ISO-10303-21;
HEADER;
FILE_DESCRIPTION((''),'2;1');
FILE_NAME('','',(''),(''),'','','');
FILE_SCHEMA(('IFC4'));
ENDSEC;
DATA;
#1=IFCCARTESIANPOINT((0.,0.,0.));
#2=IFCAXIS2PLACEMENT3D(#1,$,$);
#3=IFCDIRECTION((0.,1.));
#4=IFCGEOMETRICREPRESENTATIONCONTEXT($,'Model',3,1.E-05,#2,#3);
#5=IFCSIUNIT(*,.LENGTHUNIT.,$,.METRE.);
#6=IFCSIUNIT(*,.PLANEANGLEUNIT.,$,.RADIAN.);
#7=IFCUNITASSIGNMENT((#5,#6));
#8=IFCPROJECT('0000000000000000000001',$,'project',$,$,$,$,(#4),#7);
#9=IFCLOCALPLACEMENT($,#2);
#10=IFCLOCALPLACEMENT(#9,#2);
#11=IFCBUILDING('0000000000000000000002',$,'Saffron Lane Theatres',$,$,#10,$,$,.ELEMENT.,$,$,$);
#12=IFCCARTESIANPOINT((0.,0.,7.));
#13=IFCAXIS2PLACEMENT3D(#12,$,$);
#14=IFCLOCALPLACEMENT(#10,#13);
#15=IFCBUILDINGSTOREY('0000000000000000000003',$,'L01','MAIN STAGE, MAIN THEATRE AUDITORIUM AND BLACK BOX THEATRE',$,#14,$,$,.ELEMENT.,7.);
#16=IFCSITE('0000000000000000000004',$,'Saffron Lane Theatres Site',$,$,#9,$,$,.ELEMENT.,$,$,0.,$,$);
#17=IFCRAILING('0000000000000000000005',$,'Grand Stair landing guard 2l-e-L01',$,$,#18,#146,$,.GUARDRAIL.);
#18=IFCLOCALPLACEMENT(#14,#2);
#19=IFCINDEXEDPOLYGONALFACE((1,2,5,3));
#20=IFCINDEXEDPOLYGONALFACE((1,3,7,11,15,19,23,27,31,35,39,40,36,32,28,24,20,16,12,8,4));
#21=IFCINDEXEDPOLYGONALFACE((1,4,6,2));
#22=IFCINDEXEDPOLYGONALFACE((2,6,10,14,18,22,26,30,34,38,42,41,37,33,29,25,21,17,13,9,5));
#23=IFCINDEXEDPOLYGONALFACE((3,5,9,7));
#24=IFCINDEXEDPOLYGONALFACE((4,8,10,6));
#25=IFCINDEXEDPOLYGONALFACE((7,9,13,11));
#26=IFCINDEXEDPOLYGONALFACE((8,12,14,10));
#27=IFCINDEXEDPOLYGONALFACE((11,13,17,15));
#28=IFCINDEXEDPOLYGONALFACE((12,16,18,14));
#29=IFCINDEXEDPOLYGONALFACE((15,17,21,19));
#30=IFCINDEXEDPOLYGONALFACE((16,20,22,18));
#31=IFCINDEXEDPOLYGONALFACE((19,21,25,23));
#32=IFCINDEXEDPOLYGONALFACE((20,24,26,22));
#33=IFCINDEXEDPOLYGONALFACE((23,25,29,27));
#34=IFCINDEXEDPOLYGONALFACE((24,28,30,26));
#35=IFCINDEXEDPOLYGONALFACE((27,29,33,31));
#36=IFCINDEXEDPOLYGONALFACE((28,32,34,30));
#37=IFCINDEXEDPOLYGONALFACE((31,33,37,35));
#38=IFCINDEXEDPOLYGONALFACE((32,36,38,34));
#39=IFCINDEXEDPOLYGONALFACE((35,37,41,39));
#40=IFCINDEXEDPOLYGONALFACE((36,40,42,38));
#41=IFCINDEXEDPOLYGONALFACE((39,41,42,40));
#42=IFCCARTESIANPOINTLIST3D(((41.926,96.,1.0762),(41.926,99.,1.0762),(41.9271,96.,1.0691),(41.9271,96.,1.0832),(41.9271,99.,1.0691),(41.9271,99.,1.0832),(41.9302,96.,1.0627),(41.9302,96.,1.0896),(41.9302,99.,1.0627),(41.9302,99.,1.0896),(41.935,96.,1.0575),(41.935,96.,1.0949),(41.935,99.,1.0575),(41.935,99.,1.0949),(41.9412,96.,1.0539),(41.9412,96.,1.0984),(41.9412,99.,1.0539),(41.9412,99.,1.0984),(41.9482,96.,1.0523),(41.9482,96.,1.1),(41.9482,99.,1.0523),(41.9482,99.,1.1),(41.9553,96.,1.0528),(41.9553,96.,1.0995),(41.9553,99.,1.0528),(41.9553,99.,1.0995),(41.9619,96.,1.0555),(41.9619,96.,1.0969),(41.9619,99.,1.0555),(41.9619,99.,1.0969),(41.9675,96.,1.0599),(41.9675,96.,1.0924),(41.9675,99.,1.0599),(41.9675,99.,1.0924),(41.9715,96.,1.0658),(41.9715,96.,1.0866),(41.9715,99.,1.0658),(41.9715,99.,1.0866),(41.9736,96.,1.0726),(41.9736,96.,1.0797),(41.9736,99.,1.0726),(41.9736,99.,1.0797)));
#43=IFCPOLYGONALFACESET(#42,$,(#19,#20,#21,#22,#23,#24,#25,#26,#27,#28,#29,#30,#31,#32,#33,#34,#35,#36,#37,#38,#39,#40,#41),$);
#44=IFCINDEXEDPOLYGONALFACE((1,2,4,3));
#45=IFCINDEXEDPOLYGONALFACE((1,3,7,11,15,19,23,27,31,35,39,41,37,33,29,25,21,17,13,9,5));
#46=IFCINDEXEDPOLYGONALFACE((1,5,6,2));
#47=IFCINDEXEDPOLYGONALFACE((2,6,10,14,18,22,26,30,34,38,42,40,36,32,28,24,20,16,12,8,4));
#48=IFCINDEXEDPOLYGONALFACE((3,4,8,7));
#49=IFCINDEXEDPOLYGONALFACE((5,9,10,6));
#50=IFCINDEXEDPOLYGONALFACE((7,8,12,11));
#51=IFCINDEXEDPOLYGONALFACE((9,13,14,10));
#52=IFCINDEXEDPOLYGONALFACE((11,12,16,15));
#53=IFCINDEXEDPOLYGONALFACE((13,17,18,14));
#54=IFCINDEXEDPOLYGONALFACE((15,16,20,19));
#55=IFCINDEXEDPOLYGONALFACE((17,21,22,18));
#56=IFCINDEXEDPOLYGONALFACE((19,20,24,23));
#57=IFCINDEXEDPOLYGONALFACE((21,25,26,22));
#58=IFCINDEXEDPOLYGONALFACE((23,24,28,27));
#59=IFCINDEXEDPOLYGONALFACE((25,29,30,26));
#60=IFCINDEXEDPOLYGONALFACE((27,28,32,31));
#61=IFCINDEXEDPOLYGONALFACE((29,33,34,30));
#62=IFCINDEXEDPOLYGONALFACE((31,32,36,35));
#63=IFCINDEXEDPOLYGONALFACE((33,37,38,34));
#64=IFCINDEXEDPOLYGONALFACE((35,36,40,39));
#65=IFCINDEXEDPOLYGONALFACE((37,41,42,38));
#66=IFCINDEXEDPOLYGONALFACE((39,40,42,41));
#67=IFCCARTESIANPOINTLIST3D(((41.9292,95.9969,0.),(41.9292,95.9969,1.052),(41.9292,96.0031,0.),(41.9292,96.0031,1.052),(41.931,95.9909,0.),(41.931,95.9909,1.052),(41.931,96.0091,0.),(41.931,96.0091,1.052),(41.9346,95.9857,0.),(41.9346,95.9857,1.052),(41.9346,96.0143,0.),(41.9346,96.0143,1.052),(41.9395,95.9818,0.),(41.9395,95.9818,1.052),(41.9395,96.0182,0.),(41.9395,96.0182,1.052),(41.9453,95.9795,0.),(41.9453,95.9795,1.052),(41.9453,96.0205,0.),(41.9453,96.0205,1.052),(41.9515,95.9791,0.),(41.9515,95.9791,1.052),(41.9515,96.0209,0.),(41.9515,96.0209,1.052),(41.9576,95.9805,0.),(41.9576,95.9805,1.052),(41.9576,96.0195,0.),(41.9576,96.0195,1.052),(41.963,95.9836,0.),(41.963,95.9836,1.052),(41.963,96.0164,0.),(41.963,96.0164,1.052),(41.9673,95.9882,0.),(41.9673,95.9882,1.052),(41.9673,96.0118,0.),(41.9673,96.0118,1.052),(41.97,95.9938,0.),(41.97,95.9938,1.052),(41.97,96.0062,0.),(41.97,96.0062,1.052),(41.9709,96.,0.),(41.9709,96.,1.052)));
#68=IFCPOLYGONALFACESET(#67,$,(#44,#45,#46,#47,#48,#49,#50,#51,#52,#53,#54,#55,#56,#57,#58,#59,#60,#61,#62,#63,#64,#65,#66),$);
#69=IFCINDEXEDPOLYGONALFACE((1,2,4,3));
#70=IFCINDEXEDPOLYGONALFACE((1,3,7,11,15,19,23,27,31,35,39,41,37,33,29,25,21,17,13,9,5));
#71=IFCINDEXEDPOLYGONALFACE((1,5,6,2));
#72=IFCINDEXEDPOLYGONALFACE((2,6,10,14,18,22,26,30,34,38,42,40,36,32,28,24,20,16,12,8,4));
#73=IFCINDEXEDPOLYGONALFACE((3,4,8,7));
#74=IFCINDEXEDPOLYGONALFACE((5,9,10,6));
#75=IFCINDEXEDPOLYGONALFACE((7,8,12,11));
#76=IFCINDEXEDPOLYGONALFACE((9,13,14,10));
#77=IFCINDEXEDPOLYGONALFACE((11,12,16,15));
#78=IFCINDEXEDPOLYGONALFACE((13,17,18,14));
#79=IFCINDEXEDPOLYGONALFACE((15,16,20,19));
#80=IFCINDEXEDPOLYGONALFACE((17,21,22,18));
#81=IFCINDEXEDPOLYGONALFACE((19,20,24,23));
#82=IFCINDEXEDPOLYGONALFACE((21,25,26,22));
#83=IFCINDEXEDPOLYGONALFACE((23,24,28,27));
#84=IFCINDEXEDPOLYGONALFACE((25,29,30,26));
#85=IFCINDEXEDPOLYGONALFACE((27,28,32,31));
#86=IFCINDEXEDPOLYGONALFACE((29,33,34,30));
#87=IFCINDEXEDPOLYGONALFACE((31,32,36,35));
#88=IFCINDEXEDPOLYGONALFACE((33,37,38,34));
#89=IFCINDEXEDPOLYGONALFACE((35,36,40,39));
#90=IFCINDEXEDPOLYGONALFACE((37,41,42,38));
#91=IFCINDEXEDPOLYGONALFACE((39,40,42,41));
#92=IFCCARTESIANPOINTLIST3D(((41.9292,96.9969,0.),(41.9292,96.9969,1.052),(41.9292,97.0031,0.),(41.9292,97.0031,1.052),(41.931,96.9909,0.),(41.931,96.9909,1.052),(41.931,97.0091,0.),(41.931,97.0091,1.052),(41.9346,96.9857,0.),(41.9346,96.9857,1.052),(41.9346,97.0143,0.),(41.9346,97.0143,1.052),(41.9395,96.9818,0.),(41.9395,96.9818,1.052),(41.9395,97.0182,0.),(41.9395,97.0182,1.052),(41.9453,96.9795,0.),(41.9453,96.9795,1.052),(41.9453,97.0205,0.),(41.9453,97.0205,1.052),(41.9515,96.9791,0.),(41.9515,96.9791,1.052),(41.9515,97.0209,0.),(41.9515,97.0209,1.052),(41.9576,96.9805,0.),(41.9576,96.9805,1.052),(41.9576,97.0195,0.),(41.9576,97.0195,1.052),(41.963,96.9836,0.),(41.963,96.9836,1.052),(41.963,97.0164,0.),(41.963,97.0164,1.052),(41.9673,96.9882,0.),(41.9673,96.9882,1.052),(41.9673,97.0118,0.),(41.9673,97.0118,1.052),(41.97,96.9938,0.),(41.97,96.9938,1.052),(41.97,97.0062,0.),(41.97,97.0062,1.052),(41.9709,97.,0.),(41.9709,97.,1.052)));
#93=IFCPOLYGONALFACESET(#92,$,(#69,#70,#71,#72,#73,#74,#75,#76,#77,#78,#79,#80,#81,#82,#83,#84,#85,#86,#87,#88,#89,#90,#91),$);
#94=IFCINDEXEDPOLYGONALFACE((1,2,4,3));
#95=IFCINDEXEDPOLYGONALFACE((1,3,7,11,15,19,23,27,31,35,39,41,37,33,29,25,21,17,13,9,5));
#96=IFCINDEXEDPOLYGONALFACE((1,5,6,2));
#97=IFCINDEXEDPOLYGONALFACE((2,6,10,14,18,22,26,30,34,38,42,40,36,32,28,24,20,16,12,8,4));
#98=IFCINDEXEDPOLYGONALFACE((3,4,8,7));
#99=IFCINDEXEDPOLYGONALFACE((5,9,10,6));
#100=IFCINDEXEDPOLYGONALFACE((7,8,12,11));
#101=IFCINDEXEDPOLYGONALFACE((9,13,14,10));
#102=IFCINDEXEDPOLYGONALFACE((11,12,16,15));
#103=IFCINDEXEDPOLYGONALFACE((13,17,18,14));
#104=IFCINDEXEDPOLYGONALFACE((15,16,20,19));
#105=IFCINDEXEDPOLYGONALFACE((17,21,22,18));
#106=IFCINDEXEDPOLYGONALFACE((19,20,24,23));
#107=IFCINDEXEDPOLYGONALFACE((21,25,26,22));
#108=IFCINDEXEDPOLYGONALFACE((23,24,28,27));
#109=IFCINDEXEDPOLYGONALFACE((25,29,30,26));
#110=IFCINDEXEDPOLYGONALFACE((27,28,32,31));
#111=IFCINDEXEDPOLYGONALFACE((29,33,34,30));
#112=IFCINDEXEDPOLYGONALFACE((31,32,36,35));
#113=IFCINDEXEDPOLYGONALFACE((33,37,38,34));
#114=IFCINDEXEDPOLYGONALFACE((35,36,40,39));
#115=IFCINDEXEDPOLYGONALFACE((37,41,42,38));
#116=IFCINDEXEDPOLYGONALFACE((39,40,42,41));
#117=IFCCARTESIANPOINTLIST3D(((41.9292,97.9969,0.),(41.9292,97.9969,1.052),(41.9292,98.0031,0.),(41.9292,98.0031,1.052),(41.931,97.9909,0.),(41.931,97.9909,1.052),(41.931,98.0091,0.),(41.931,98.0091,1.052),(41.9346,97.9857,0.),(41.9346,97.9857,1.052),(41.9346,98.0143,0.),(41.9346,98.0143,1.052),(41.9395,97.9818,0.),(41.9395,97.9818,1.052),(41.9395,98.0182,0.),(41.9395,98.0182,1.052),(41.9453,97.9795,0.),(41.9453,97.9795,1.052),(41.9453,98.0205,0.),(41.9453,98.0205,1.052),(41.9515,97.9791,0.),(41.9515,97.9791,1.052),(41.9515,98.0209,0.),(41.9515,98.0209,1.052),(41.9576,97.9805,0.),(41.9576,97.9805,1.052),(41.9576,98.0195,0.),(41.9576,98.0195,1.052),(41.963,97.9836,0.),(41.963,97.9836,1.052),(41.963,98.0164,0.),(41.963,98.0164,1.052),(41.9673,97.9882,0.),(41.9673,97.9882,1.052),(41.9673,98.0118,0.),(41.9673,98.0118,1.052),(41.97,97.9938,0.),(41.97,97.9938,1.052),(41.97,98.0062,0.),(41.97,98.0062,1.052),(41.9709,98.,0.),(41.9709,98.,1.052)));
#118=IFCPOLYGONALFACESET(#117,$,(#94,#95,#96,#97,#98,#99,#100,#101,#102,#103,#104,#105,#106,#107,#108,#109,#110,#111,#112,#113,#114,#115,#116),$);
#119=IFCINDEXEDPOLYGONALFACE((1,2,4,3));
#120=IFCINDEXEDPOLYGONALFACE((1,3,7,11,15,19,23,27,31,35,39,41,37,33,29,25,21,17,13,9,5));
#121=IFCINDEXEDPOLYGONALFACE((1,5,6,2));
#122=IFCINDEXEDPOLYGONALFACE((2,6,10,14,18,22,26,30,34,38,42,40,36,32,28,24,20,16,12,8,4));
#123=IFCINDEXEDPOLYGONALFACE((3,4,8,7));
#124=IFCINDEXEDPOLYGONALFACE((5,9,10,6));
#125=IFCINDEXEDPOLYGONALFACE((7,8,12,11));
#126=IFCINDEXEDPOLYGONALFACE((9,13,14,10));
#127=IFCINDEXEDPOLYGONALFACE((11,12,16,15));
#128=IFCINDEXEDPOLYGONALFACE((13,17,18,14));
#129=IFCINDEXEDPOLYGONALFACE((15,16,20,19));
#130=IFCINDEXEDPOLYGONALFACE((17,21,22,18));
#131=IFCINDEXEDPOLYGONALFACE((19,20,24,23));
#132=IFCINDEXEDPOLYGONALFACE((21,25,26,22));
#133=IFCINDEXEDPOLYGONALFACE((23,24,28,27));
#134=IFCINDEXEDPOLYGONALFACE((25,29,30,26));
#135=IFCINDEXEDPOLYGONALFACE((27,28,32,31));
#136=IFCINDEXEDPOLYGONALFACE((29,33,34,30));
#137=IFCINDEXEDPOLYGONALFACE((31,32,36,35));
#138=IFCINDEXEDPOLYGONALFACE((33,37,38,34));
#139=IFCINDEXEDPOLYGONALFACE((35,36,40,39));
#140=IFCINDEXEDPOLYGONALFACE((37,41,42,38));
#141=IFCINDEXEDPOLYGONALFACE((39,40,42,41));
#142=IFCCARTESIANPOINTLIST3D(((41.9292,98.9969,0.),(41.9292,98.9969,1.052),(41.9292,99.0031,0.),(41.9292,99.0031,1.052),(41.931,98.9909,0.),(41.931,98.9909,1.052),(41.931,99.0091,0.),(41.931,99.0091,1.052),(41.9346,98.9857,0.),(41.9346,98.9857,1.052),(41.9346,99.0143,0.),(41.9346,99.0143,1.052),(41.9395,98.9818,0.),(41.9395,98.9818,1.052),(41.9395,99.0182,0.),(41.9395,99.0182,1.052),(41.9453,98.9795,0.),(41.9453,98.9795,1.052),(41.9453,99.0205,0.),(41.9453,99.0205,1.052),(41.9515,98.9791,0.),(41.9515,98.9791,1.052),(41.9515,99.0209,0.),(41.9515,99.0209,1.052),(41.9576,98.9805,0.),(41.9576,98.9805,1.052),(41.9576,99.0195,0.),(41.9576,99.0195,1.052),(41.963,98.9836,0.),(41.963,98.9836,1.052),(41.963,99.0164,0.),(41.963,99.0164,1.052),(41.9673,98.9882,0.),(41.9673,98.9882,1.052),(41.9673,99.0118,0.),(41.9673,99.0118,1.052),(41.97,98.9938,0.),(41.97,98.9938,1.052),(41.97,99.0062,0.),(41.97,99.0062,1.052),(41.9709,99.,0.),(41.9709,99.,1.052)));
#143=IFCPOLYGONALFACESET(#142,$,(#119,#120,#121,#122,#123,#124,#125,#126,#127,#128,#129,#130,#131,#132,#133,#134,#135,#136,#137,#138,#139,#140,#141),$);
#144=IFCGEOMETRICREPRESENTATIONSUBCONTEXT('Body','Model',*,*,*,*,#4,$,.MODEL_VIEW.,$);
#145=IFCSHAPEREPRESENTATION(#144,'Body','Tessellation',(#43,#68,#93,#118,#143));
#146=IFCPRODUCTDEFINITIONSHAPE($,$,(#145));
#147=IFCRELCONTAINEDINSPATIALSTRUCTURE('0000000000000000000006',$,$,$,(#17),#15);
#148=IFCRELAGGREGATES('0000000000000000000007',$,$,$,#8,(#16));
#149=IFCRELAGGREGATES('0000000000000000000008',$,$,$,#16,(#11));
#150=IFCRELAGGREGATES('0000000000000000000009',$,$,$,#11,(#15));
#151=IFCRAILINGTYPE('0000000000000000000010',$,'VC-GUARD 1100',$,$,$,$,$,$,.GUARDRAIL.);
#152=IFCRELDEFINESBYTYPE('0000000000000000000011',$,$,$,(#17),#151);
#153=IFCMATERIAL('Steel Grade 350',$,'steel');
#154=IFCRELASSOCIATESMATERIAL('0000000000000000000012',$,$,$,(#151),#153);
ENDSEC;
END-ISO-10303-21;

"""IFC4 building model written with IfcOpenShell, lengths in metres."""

from ifc_helpers import new_model, si_unit, direction, frame, origin, origin_2d, place, context, subcontext, project, spatial, circle, extrude, material, type_object, element, save


model = new_model("IFC4")

# Units and contexts
model_context = context("Model", 3, precision=1e-05, world=origin(), true_north=direction((0.0, 1.0)))
body_context = subcontext(model_context, "Body", "Model", "MODEL_VIEW")
ifc_project = project(units=[si_unit("LENGTHUNIT", "METRE"), si_unit("PLANEANGLEUNIT", "RADIAN")], contexts=[model_context])

# Site, building, storey
site_placement = place(None, origin())
site = spatial("IfcSite", under=ifc_project, at=site_placement, Name="Saffron Lane Theatres Site", CompositionType="ELEMENT", RefElevation=0.0)
building_placement = place(site_placement, origin())
building = spatial("IfcBuilding", under=site, at=building_placement, Name="Saffron Lane Theatres", CompositionType="ELEMENT")
storey_placement = place(building_placement, frame((0.0, 0.0, 7.0)))
storey = spatial("IfcBuildingStorey", under=building, at=storey_placement, Name="L01", Description="MAIN STAGE, MAIN THEATRE AUDITORIUM AND BLACK BOX THEATRE", CompositionType="ELEMENT", Elevation=7.0)

# Railing
ifc_material_1 = material(Name="Steel Grade 350", Category="steel")
railing_type_1 = type_object("IfcRailingType", Name="VC-GUARD 1100", PredefinedType="GUARDRAIL", material=ifc_material_1)
railing_1_placement = place(storey_placement, frame((41.95, 96.0, 0.0)))
element("IfcRailing", 1, at=railing_1_placement, inside=storey, type_object=railing_type_1, Name="Grand Stair landing guard 2l-e-L01", PredefinedType="GUARDRAIL", context=body_context, shape_type="SweptSolid", body=[
    extrude(circle(Radius=0.0239, at=origin_2d()), frame((0.0, 0.0, 1.0762), z_axis=(0.0, 1.0, 0.0), x_axis=(-1.0, 0.0, 0.0)), (0.0, 0.0, 1.0), 3.0),
    extrude(circle(Radius=0.021, at=origin_2d()), origin(), (0.0, 0.0, 1.0), 1.052),
    extrude(circle(Radius=0.021, at=origin_2d()), frame((0.0, 1.0, 0.0)), (0.0, 0.0, 1.0), 1.052),
    extrude(circle(Radius=0.021, at=origin_2d()), frame((0.0, 2.0, 0.0)), (0.0, 0.0, 1.0), 1.052),
    extrude(circle(Radius=0.021, at=origin_2d()), frame((0.0, 3.0, 0.0)), (0.0, 0.0, 1.0), 1.052),
])

save(model, "model.ifc")
